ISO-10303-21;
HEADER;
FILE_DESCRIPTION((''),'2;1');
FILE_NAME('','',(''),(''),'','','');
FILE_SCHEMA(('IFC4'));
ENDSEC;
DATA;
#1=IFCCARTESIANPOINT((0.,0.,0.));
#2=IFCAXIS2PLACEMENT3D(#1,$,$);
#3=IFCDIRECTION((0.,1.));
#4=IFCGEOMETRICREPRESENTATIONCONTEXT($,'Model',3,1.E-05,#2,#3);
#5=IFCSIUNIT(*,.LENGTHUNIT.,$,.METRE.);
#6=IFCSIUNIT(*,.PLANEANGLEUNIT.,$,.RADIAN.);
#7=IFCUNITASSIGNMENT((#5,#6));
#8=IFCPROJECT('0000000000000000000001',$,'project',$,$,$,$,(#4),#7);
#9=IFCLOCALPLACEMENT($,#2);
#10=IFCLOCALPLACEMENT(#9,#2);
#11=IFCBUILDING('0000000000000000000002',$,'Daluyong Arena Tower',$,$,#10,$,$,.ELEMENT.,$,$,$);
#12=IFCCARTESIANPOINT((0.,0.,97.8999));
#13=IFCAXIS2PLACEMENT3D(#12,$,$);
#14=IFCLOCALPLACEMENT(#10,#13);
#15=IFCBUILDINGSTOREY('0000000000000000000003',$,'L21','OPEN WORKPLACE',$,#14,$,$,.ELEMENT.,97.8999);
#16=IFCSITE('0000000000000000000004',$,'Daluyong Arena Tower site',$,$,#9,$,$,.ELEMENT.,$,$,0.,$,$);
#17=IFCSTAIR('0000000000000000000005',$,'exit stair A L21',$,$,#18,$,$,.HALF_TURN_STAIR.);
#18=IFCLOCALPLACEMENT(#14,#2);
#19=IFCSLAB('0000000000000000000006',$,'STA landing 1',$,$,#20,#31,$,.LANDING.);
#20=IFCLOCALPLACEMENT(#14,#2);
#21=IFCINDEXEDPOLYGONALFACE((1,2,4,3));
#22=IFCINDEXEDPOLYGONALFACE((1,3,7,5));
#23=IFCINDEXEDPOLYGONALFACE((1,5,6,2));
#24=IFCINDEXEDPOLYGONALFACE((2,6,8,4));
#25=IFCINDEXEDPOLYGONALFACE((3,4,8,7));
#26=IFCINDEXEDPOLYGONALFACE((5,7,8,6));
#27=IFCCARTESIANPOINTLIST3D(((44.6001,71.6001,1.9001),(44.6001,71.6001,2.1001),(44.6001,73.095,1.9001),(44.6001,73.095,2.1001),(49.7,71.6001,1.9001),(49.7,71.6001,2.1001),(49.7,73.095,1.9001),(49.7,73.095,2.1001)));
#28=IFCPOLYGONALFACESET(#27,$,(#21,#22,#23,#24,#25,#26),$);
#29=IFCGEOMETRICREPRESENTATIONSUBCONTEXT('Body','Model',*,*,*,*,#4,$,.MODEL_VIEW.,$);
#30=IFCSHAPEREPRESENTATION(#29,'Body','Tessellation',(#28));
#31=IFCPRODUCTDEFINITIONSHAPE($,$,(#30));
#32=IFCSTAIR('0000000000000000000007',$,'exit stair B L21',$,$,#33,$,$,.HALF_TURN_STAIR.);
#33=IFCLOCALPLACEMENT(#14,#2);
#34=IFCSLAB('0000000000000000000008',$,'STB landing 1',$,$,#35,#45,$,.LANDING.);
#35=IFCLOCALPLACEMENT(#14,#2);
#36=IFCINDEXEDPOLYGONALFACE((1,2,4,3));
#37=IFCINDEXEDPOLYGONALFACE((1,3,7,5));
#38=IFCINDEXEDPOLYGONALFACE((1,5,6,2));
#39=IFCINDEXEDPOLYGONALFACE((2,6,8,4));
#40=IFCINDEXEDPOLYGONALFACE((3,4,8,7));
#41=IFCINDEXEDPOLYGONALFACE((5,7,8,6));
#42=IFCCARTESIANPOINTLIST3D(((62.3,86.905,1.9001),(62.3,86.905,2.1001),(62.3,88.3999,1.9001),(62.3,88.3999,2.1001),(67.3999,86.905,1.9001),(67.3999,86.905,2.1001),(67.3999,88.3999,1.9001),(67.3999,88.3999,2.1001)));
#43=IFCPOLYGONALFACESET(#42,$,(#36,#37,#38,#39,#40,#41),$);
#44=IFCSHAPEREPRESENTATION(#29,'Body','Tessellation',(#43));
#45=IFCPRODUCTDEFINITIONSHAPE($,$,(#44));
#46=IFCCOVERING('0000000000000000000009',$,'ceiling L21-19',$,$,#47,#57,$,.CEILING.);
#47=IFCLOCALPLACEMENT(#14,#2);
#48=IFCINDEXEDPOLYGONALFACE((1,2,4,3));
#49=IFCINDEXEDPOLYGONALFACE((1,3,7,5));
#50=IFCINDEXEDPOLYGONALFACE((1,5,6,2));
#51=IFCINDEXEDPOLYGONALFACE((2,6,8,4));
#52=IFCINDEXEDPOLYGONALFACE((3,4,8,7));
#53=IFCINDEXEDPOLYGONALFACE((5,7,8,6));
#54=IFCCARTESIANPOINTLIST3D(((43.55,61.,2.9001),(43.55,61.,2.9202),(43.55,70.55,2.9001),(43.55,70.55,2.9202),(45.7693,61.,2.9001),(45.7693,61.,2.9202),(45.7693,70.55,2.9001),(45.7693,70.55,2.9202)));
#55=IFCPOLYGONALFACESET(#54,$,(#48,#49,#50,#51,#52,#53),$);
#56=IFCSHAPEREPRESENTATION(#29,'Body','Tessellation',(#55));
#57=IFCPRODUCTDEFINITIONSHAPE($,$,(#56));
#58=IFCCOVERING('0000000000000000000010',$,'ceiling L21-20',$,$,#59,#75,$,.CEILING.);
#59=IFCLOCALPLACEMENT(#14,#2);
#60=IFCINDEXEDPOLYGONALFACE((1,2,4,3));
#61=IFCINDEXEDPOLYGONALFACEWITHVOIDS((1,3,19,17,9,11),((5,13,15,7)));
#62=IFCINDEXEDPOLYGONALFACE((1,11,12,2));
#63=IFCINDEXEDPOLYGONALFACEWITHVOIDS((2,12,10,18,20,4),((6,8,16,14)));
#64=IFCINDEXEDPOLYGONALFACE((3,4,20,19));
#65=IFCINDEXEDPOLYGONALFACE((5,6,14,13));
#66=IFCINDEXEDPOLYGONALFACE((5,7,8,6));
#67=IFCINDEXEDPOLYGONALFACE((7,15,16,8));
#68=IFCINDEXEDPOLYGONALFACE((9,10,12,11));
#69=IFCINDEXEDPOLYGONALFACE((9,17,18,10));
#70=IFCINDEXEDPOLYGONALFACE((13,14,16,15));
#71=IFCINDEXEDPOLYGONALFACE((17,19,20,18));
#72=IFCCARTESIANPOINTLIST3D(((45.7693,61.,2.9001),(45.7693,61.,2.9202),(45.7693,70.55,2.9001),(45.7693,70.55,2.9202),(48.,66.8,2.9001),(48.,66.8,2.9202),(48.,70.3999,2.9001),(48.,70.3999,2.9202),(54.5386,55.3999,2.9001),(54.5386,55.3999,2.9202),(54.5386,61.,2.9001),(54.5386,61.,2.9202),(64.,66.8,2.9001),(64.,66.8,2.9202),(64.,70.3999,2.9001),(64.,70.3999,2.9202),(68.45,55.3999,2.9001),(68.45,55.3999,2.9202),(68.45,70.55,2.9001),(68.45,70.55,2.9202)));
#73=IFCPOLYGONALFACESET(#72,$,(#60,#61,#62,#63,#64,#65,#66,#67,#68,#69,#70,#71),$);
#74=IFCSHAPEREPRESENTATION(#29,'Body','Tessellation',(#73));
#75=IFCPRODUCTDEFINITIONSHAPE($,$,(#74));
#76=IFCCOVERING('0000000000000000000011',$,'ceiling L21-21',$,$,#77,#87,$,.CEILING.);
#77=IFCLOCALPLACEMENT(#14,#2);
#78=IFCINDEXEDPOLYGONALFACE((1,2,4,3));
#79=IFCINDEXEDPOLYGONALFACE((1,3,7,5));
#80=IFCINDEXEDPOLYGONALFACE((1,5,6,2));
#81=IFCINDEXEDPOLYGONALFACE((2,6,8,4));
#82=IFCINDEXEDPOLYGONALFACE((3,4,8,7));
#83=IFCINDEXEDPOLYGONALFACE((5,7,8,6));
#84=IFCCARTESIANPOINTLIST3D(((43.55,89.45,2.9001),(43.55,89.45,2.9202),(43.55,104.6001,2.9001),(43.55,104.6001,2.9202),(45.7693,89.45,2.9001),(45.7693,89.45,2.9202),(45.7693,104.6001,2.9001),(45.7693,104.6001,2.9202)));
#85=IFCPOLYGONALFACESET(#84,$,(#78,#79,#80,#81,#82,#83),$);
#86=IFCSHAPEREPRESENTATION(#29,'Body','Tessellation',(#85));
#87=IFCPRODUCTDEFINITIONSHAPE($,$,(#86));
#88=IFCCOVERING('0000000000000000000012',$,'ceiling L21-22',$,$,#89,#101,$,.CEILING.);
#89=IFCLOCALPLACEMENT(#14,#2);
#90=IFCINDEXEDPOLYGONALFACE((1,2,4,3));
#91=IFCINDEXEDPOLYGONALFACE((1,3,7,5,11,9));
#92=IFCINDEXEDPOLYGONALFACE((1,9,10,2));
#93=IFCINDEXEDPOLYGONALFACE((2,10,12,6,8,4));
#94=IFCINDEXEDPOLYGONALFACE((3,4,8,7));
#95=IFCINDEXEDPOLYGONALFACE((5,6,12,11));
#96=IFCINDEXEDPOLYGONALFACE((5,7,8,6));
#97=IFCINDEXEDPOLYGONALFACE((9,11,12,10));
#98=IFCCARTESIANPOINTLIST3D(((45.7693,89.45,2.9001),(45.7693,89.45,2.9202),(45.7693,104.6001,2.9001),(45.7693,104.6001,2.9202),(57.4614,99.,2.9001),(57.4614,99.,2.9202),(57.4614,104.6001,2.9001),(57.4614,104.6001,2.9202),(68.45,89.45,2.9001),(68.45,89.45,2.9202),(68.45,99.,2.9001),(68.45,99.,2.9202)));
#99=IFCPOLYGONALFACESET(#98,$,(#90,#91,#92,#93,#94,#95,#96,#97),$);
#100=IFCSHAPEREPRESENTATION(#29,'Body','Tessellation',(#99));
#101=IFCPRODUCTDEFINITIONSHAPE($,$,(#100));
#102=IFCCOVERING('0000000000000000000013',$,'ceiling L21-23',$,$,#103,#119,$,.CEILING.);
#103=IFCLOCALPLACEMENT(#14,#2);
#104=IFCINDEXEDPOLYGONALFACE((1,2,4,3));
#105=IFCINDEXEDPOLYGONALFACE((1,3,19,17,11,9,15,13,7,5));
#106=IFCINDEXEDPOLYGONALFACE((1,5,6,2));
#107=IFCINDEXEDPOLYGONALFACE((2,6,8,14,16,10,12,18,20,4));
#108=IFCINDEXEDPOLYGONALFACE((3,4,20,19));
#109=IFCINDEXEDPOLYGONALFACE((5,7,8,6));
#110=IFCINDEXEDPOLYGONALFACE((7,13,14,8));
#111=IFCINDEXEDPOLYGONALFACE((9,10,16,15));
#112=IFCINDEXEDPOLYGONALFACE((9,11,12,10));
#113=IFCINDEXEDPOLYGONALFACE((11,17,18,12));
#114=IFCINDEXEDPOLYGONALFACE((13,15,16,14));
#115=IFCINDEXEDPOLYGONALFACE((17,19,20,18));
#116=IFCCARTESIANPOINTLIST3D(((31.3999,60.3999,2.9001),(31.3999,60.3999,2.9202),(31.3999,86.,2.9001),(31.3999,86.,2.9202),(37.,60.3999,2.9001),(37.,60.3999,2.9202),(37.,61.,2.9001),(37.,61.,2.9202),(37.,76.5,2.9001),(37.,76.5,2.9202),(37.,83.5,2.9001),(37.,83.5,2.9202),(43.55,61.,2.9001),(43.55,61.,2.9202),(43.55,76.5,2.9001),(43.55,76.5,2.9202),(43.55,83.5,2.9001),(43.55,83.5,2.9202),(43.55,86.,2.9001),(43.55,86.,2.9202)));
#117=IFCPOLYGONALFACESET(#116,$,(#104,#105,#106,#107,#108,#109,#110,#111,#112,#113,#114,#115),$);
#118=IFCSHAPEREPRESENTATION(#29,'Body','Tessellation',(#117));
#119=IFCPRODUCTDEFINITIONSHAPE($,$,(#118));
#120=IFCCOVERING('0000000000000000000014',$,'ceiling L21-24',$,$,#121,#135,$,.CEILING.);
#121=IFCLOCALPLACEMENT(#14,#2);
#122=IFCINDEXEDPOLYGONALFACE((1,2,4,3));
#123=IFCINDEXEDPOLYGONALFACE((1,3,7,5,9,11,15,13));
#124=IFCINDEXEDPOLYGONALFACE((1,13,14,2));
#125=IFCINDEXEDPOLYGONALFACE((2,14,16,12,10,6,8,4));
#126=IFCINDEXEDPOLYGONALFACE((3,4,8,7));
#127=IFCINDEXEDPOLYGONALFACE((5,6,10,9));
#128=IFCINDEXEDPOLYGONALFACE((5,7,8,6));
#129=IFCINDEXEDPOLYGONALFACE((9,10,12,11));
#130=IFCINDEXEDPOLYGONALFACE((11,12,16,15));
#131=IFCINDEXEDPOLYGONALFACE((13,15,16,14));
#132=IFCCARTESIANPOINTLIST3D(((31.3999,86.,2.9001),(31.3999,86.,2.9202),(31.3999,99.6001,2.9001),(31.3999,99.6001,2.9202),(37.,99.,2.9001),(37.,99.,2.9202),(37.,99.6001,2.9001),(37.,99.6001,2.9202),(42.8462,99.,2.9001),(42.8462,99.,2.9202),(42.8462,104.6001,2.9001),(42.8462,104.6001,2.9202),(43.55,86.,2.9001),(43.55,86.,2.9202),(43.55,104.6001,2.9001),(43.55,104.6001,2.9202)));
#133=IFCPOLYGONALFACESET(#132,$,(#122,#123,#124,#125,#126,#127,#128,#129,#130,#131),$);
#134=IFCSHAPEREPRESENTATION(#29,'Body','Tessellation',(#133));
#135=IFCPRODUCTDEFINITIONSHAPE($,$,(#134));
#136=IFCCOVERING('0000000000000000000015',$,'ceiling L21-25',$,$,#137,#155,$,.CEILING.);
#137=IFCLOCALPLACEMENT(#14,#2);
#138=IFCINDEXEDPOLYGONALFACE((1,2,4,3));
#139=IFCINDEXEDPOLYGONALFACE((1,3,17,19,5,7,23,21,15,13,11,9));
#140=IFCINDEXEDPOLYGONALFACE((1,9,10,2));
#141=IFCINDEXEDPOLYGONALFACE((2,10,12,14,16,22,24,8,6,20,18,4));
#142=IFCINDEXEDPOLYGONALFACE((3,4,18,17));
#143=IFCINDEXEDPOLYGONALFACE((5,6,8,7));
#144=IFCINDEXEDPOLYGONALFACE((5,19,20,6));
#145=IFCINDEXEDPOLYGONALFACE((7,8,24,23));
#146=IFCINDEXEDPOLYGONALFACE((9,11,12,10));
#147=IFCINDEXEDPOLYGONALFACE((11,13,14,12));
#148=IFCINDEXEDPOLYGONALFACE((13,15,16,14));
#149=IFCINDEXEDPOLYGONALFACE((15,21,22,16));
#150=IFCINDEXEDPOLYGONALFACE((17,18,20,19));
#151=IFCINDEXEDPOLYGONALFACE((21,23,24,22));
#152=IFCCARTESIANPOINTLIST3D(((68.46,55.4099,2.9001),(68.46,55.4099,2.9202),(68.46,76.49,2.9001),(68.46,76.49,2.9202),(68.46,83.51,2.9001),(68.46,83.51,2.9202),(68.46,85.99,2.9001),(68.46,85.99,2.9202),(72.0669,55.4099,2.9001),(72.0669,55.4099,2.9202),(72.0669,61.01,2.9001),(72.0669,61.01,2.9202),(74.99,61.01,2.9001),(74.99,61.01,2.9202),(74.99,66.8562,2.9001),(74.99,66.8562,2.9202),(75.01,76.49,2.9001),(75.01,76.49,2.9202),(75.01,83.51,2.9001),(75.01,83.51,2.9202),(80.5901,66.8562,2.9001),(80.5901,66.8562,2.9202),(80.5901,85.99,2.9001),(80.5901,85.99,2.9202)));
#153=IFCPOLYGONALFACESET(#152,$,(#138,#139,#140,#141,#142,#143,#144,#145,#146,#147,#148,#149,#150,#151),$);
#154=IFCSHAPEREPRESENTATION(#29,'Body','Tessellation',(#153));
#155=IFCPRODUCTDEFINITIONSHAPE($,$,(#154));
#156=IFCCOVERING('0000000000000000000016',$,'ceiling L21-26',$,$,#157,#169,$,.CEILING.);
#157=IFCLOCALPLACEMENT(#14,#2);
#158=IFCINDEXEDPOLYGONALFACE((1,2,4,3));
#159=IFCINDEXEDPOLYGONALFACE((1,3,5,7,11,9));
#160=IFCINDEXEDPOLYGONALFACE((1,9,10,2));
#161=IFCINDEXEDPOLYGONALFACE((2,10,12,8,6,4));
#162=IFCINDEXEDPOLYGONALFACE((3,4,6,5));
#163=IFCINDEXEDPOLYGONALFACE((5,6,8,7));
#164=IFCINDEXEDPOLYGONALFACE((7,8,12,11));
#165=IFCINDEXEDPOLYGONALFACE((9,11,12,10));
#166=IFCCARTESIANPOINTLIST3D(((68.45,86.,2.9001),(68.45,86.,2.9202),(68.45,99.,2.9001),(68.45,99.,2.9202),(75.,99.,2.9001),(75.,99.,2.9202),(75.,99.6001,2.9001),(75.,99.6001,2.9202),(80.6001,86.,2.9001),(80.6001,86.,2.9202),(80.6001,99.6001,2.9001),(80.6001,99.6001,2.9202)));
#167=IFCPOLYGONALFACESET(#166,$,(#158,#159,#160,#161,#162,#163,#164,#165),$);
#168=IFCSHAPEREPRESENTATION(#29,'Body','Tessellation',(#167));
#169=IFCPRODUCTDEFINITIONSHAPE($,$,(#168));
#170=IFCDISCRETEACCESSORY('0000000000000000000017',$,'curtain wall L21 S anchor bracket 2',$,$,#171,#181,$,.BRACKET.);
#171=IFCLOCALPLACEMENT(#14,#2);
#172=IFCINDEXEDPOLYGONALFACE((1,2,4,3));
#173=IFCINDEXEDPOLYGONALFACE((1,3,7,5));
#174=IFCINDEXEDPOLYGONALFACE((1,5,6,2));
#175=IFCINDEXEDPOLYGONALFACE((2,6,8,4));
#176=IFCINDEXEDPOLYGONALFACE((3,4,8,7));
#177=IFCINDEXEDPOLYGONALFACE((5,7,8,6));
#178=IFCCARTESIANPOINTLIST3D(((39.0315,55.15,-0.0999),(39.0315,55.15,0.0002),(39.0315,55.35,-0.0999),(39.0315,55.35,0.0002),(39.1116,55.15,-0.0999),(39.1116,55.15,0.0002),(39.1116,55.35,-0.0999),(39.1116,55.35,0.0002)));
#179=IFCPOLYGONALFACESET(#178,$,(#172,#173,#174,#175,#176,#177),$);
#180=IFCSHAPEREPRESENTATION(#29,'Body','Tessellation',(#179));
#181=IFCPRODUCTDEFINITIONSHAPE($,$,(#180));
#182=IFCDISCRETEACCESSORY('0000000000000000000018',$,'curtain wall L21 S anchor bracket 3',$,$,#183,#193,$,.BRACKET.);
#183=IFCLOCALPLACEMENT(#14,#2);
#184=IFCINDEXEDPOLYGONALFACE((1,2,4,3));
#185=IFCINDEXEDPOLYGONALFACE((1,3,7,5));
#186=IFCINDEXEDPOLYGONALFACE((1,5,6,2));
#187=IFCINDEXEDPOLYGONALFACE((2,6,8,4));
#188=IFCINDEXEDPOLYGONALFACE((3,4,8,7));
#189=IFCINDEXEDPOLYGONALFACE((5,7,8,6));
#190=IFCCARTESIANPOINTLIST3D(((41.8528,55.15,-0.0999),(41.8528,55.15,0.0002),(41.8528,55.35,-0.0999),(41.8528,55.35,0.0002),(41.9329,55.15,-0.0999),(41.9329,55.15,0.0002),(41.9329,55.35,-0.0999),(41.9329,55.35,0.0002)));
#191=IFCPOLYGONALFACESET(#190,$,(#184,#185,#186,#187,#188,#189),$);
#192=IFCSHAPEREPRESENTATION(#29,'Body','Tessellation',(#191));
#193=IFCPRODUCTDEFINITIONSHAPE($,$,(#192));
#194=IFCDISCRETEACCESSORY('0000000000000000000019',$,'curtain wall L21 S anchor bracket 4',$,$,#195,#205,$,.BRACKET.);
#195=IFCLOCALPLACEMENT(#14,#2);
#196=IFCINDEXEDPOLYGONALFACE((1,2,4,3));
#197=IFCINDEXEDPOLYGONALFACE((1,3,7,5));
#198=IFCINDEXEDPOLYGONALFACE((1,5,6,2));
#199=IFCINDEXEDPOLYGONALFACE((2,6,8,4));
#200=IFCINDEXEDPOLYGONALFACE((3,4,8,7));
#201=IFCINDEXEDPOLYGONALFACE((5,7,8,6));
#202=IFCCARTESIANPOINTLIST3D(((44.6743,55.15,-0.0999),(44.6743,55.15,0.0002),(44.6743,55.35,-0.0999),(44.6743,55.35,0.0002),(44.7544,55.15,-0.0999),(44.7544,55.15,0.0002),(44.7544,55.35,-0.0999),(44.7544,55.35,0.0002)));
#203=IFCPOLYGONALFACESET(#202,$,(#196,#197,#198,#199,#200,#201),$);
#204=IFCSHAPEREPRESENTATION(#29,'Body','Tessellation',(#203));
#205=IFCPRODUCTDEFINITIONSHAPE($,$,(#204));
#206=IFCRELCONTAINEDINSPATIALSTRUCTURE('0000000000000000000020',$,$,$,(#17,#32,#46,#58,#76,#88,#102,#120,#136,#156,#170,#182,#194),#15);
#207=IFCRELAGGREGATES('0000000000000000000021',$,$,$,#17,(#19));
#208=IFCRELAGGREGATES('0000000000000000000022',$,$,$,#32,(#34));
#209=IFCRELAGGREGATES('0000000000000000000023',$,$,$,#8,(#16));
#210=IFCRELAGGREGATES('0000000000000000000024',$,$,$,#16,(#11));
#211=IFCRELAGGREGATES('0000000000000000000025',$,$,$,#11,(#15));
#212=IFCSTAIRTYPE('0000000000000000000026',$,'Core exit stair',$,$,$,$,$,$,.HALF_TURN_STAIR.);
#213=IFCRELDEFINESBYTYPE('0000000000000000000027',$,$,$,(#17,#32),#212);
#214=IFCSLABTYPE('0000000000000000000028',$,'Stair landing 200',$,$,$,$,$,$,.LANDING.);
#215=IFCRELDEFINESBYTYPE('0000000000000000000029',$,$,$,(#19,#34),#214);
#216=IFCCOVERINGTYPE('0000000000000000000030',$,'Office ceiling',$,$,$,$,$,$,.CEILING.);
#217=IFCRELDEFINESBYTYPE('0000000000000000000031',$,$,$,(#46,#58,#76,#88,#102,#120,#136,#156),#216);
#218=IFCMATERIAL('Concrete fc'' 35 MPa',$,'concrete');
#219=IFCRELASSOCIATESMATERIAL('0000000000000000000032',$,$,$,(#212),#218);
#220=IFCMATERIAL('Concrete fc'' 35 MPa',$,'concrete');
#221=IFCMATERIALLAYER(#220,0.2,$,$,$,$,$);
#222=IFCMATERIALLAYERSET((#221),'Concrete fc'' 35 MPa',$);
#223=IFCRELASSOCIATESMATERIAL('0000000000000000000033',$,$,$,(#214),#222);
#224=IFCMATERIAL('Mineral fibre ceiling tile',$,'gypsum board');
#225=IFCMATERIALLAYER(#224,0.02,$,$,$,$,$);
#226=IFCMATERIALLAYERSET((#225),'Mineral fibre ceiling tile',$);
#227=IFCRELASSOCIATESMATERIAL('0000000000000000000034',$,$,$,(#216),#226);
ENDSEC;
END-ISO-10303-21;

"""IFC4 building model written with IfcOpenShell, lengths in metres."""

from ifc_helpers import new_model, si_unit, direction, frame, origin, origin_2d, place, context, subcontext, project, spatial, polyline, rectangle, outline, extrude, material, layer, layer_set, type_object, element, aggregate, save


model = new_model("IFC4")

# Units and contexts
model_context = context("Model", 3, precision=1e-05, world=origin(), true_north=direction((0.0, 1.0)))
body_context = subcontext(model_context, "Body", "Model", "MODEL_VIEW")
ifc_project = project(units=[si_unit("LENGTHUNIT", "METRE"), si_unit("PLANEANGLEUNIT", "RADIAN")], contexts=[model_context])

# Site, building, storey
site_placement = place(None, origin())
site = spatial("IfcSite", under=ifc_project, at=site_placement, Name="Daluyong Arena Tower site", CompositionType="ELEMENT", RefElevation=0.0)
building_placement = place(site_placement, origin())
building = spatial("IfcBuilding", under=site, at=building_placement, Name="Daluyong Arena Tower", CompositionType="ELEMENT")
storey_placement = place(building_placement, frame((0.0, 0.0, 97.8999)))
storey = spatial("IfcBuildingStorey", under=building, at=storey_placement, Name="L21", Description="OPEN WORKPLACE", CompositionType="ELEMENT", Elevation=97.8999)

# Stairs, slabs
ifc_material_1 = material(Name="Concrete fc' 35 MPa", Category="concrete")
stair_type = type_object("IfcStairType", Name="Core exit stair", PredefinedType="HALF_TURN_STAIR", material=ifc_material_1)
stair_1_placement = place(storey_placement, origin())
stair_1 = element("IfcStair", 1, at=stair_1_placement, inside=storey, type_object=stair_type, Name="exit stair A L21", PredefinedType="HALF_TURN_STAIR")
ifc_material_2 = material(Name="Concrete fc' 35 MPa", Category="concrete")
ifc_layer_1 = layer(ifc_material_2, 0.2)
ifc_layer_set_1 = layer_set([ifc_layer_1], Name="Concrete fc' 35 MPa")
slab_type = type_object("IfcSlabType", Name="Stair landing 200", PredefinedType="LANDING", material=ifc_layer_set_1)
slab_1_placement = place(storey_placement, frame((0.0, 0.0, 1.9001)))
slab_1 = element("IfcSlab", 2, at=slab_1_placement, type_object=slab_type, Name="STA landing 1", PredefinedType="LANDING", context=body_context, shape_type="SweptSolid", body=[
    extrude(outline(polyline([(44.6001, 71.6001), (49.7, 71.6001), (49.7, 73.095), (44.6001, 73.095), (44.6001, 71.6001)])), origin(), (0.0, 0.0, 1.0), 0.2),
])
aggregate(stair_1, [slab_1])
stair_2_placement = place(storey_placement, origin())
stair_2 = element("IfcStair", 3, at=stair_2_placement, inside=storey, type_object=stair_type, Name="exit stair B L21", PredefinedType="HALF_TURN_STAIR")
slab_2_placement = place(storey_placement, frame((0.0, 0.0, 1.9001)))
slab_2 = element("IfcSlab", 4, at=slab_2_placement, type_object=slab_type, Name="STB landing 1", PredefinedType="LANDING", context=body_context, shape_type="SweptSolid", body=[
    extrude(outline(polyline([(62.3, 86.905), (67.3999, 86.905), (67.3999, 88.3999), (62.3, 88.3999), (62.3, 86.905)])), origin(), (0.0, 0.0, 1.0), 0.2),
])
aggregate(stair_2, [slab_2])

# Coverings
ifc_material_3 = material(Name="Mineral fibre ceiling tile", Category="gypsum board")
ifc_layer_2 = layer(ifc_material_3, 0.02)
ifc_layer_set_2 = layer_set([ifc_layer_2], Name="Mineral fibre ceiling tile")
covering_type = type_object("IfcCoveringType", Name="Office ceiling", PredefinedType="CEILING", material=ifc_layer_set_2)
covering_1_placement = place(storey_placement, frame((0.0, 0.0, 2.9001)))
element("IfcCovering", 5, at=covering_1_placement, inside=storey, type_object=covering_type, Name="ceiling L21-19", PredefinedType="CEILING", context=body_context, shape_type="SweptSolid", body=[
    extrude(outline(polyline([(43.55, 61.0), (45.7693, 61.0), (45.7693, 70.55), (43.55, 70.55), (43.55, 61.0)])), origin(), (0.0, 0.0, 1.0), 0.02),
])
covering_2_placement = place(storey_placement, frame((0.0, 0.0, 2.9001)))
element("IfcCovering", 6, at=covering_2_placement, inside=storey, type_object=covering_type, Name="ceiling L21-20", PredefinedType="CEILING", context=body_context, shape_type="SweptSolid", body=[
    extrude(outline(polyline([(54.5386, 55.3999), (68.45, 55.3999), (68.45, 70.55), (45.7693, 70.55), (45.7693, 61.0), (54.5386, 61.0), (54.5386, 55.3999)]), holes=[polyline([(48.0, 66.8), (48.0, 70.3999), (64.0, 70.3999), (64.0, 66.8), (48.0, 66.8)])]), origin(), (0.0, 0.0, 1.0), 0.02),
])
covering_3_placement = place(storey_placement, frame((0.0, 0.0, 2.9001)))
element("IfcCovering", 7, at=covering_3_placement, inside=storey, type_object=covering_type, Name="ceiling L21-21", PredefinedType="CEILING", context=body_context, shape_type="SweptSolid", body=[
    extrude(outline(polyline([(45.7693, 104.6001), (43.55, 104.6001), (43.55, 89.45), (45.7693, 89.45), (45.7693, 104.6001)])), origin(), (0.0, 0.0, 1.0), 0.02),
])
covering_4_placement = place(storey_placement, frame((0.0, 0.0, 2.9001)))
element("IfcCovering", 8, at=covering_4_placement, inside=storey, type_object=covering_type, Name="ceiling L21-22", PredefinedType="CEILING", context=body_context, shape_type="SweptSolid", body=[
    extrude(outline(polyline([(57.4614, 104.6001), (45.7693, 104.6001), (45.7693, 89.45), (68.45, 89.45), (68.45, 99.0), (57.4614, 99.0), (57.4614, 104.6001)])), origin(), (0.0, 0.0, 1.0), 0.02),
])
covering_5_placement = place(storey_placement, frame((0.0, 0.0, 2.9001)))
element("IfcCovering", 9, at=covering_5_placement, inside=storey, type_object=covering_type, Name="ceiling L21-23", PredefinedType="CEILING", context=body_context, shape_type="SweptSolid", body=[
    extrude(outline(polyline([(43.55, 61.0), (43.55, 76.5), (37.0, 76.5), (37.0, 83.5), (43.55, 83.5), (43.55, 86.0), (31.3999, 86.0), (31.3999, 60.3999), (37.0, 60.3999), (37.0, 61.0), (43.55, 61.0)])), origin(), (0.0, 0.0, 1.0), 0.02),
])
covering_6_placement = place(storey_placement, frame((0.0, 0.0, 2.9001)))
element("IfcCovering", 10, at=covering_6_placement, inside=storey, type_object=covering_type, Name="ceiling L21-24", PredefinedType="CEILING", context=body_context, shape_type="SweptSolid", body=[
    extrude(outline(polyline([(37.0, 99.6001), (31.3999, 99.6001), (31.3999, 86.0), (43.55, 86.0), (43.55, 104.6001), (42.8462, 104.6001), (42.8462, 99.0), (37.0, 99.0), (37.0, 99.6001)])), origin(), (0.0, 0.0, 1.0), 0.02),
])
covering_7_placement = place(storey_placement, frame((0.0, 0.0, 2.9001)))
element("IfcCovering", 11, at=covering_7_placement, inside=storey, type_object=covering_type, Name="ceiling L21-25", PredefinedType="CEILING", context=body_context, shape_type="SweptSolid", body=[
    extrude(outline(polyline([(74.99, 61.01), (74.99, 66.8562), (80.5901, 66.8562), (80.5901, 85.99), (68.46, 85.99), (68.46, 83.51), (75.01, 83.51), (75.01, 76.49), (68.46, 76.49), (68.46, 55.4099), (72.0669, 55.4099), (72.0669, 61.01), (74.99, 61.01)])), origin(), (0.0, 0.0, 1.0), 0.02),
])
covering_8_placement = place(storey_placement, frame((0.0, 0.0, 2.9001)))
element("IfcCovering", 12, at=covering_8_placement, inside=storey, type_object=covering_type, Name="ceiling L21-26", PredefinedType="CEILING", context=body_context, shape_type="SweptSolid", body=[
    extrude(outline(polyline([(68.45, 99.0), (68.45, 86.0), (80.6001, 86.0), (80.6001, 99.6001), (75.0, 99.6001), (75.0, 99.0), (68.45, 99.0)])), origin(), (0.0, 0.0, 1.0), 0.02),
])

# Discrete accessories
for number, where, z_axis, x_axis, name in (
    (13, (39.0715, 55.25, -0.0999), (0.0, 0.0, 1.0), (1.0, 0.0, 0.0), "curtain wall L21 S anchor bracket 2"),
    (14, (41.8928, 55.25, -0.0999), (0.0, 0.0, 1.0), (1.0, 0.0, 0.0), "curtain wall L21 S anchor bracket 3"),
    (15, (44.7144, 55.25, -0.0999), (0.0, 0.0, 1.0), (1.0, 0.0, 0.0), "curtain wall L21 S anchor bracket 4"),
):
    element("IfcDiscreteAccessory", number, at=place(storey_placement, frame(where, z_axis=z_axis, x_axis=x_axis)), inside=storey, Name=name, PredefinedType="BRACKET", context=body_context, shape_type="SweptSolid", body=[
        extrude(rectangle(XDim=0.0801, YDim=0.2, at=origin_2d()), origin(), (0.0, 0.0, 1.0), 0.1001),
    ])

save(model, "model.ifc")
